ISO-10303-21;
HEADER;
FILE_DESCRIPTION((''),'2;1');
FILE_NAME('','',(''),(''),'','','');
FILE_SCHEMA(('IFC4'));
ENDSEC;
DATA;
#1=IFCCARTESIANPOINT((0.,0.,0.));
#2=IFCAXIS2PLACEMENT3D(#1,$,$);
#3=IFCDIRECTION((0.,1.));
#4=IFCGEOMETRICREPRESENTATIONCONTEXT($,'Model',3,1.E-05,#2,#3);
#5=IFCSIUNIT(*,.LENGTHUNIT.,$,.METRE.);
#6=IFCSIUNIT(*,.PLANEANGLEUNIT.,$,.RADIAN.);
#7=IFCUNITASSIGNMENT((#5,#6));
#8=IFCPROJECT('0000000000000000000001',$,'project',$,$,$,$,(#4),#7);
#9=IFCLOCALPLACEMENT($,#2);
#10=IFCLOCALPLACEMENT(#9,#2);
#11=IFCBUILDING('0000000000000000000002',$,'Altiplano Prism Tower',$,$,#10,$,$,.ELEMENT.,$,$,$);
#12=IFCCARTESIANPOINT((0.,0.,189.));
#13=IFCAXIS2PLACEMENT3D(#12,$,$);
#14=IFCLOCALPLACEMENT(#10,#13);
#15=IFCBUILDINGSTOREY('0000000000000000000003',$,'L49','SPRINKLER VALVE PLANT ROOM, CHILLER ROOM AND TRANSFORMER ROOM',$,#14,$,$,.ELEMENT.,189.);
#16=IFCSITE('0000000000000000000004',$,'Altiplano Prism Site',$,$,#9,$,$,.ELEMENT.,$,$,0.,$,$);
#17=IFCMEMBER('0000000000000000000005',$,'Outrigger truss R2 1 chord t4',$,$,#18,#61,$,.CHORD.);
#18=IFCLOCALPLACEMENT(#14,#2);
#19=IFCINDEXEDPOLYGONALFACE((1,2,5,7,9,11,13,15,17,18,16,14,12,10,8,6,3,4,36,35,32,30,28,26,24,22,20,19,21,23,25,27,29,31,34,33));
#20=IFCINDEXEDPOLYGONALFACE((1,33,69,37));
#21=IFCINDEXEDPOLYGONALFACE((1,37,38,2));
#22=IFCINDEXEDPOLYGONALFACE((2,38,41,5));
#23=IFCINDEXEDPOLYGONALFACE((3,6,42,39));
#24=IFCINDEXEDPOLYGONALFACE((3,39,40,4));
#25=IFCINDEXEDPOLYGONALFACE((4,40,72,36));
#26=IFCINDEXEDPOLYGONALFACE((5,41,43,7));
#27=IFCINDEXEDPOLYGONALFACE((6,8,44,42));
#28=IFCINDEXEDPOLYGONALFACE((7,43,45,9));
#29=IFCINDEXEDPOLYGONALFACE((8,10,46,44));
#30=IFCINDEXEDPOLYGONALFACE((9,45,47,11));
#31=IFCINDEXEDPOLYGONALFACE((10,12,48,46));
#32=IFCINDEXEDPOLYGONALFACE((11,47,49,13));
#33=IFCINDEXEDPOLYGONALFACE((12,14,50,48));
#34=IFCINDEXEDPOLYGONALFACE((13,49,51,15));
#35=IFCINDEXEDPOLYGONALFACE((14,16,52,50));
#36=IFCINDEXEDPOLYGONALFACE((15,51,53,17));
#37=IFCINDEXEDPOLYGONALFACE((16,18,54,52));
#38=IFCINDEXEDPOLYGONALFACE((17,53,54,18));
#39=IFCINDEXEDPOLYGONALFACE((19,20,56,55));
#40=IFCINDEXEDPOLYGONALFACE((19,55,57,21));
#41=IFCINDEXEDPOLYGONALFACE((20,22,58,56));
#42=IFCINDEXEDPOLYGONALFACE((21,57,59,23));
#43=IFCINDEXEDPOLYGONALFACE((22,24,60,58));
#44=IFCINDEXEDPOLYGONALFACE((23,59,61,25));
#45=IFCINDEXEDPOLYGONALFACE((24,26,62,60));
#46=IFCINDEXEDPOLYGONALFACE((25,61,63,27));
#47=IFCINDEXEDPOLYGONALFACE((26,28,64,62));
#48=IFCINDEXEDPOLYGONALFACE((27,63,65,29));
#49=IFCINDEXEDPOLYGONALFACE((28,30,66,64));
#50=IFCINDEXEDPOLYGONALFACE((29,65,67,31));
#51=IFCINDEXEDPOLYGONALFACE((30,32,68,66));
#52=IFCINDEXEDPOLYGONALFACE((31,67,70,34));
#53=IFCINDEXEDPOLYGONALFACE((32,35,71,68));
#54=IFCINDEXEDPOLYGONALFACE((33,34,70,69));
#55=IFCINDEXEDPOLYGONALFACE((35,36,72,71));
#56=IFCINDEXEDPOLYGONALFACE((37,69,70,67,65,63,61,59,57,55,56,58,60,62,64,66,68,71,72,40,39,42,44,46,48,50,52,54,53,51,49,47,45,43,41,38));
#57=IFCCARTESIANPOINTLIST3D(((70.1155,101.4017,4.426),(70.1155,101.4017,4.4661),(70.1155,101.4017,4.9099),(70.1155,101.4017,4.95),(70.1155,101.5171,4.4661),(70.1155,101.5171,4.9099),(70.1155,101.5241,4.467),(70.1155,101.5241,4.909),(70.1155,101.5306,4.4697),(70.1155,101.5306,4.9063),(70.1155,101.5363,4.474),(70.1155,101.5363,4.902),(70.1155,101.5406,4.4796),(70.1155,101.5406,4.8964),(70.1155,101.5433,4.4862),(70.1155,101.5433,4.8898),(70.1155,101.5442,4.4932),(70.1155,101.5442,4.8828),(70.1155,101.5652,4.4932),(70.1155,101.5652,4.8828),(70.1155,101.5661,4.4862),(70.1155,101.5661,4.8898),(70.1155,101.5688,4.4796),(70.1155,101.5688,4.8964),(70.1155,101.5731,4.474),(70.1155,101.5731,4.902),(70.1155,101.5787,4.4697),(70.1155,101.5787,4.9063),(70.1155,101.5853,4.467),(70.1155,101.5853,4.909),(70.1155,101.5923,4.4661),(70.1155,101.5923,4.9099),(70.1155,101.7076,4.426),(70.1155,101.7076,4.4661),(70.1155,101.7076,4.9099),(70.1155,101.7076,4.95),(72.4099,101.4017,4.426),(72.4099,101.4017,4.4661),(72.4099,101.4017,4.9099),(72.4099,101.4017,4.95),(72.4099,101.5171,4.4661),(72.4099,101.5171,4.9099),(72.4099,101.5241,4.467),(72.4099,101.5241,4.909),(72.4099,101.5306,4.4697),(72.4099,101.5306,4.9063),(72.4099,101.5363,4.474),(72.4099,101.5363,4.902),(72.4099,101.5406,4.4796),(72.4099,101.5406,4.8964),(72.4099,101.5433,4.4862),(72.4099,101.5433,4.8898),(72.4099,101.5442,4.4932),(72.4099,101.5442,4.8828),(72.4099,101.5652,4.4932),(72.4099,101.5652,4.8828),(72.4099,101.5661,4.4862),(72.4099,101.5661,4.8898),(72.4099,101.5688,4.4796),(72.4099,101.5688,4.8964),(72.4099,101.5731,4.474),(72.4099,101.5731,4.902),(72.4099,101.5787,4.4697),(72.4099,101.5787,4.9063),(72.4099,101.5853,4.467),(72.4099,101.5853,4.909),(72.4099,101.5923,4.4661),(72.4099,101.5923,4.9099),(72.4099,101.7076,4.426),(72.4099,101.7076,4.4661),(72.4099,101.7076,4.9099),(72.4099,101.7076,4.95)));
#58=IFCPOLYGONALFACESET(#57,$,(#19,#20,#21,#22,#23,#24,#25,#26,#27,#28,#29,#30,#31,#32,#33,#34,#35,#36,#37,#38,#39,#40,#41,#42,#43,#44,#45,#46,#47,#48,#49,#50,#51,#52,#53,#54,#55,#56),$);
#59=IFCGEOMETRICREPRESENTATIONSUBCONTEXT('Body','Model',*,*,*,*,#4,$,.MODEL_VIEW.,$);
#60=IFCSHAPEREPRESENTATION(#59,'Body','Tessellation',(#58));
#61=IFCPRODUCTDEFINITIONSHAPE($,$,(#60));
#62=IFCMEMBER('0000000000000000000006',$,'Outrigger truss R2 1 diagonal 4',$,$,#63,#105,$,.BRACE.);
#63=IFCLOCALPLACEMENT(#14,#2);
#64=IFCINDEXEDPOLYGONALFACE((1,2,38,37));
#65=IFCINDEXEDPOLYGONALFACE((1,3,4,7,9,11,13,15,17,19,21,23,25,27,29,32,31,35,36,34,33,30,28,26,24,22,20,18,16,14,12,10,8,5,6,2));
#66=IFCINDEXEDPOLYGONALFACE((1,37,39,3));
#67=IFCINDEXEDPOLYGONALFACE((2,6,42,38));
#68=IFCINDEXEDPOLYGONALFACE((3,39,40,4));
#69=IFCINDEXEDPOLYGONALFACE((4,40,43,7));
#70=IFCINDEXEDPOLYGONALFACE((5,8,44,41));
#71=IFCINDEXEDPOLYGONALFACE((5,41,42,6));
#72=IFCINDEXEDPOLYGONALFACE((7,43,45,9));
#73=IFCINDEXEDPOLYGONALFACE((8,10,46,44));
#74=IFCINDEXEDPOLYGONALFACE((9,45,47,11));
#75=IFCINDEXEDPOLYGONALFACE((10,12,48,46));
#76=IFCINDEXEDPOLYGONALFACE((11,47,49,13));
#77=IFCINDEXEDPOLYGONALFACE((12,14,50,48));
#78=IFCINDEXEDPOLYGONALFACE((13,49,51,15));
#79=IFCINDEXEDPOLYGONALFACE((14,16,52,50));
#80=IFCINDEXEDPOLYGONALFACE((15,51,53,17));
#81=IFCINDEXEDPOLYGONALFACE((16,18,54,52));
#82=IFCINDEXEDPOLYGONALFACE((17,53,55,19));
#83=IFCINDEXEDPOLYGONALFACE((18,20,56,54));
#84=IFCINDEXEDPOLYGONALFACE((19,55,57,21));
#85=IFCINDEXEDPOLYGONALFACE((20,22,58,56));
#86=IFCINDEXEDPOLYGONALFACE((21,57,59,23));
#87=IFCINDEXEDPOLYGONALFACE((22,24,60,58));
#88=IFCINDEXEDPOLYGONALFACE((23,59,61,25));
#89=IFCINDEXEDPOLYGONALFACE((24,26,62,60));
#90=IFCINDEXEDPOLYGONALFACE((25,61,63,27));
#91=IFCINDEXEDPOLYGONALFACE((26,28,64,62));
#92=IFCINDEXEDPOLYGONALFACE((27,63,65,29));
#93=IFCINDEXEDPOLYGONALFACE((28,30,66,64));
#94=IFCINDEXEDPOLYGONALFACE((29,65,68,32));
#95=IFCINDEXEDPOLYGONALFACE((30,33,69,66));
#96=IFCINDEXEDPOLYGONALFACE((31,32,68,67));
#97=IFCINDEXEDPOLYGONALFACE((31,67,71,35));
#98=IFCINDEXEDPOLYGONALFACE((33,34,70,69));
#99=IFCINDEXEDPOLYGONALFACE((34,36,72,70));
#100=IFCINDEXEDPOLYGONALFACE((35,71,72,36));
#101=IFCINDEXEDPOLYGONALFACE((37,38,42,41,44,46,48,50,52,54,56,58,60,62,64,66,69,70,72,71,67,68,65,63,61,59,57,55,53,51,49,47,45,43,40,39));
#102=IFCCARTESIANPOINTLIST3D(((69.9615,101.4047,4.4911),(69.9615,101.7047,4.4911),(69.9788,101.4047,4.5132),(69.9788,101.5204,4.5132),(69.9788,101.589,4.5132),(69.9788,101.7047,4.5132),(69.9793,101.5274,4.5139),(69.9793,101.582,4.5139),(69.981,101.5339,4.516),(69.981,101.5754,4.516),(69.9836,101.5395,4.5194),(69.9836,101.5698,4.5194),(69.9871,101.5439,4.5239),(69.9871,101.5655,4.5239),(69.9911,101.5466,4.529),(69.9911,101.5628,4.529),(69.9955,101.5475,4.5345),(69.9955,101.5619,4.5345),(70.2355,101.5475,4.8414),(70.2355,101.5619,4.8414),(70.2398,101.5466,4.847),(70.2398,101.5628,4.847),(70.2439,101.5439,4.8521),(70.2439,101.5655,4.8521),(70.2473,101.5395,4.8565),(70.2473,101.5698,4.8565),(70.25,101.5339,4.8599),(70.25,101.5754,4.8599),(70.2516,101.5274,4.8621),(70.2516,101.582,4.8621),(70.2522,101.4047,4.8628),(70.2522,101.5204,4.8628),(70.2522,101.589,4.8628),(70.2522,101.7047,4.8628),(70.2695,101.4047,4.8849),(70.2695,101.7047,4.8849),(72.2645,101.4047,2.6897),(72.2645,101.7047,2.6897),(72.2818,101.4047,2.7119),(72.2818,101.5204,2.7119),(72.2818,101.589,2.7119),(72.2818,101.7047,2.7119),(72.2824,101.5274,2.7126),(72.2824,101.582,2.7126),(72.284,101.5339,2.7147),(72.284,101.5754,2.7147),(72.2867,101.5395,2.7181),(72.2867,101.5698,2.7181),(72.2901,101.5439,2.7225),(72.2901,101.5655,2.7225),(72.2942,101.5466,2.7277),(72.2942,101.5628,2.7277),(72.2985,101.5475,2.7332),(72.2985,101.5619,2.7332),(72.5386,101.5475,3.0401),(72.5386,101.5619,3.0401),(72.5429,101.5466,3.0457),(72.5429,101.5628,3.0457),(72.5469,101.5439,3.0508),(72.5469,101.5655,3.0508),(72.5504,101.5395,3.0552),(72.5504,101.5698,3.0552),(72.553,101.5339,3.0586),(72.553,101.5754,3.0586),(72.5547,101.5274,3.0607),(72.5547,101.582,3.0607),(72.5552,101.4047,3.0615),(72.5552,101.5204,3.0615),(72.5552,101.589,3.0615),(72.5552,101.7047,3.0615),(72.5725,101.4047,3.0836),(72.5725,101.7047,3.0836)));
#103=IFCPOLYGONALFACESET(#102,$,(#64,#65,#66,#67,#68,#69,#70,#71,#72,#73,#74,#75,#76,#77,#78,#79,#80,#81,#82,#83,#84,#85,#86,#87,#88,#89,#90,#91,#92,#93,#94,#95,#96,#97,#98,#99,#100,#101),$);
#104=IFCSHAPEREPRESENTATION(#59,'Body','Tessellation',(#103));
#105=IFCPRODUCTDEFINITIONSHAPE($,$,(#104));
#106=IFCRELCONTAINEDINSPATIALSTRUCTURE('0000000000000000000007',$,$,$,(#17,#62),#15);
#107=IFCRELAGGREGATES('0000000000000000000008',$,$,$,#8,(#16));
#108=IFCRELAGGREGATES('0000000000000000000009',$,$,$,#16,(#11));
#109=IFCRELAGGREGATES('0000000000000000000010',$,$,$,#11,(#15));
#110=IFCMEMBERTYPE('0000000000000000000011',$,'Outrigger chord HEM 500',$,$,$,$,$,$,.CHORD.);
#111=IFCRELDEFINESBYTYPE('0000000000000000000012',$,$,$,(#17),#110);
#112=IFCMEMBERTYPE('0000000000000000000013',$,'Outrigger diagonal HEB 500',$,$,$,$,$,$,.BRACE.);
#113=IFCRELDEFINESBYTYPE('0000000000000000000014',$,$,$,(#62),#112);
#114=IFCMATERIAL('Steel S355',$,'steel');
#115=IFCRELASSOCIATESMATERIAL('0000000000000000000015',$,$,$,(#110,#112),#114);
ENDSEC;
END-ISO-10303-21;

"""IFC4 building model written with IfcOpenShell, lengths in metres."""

from ifc_helpers import new_model, si_unit, direction, frame, origin, origin_2d, place, context, subcontext, project, spatial, i_section, extrude, material, material_profile, profile_set, type_object, element, save


model = new_model("IFC4")

# Units and contexts
model_context = context("Model", 3, precision=1e-05, world=origin(), true_north=direction((0.0, 1.0)))
body_context = subcontext(model_context, "Body", "Model", "MODEL_VIEW")
ifc_project = project(units=[si_unit("LENGTHUNIT", "METRE"), si_unit("PLANEANGLEUNIT", "RADIAN")], contexts=[model_context])

# Site, building, storey
site_placement = place(None, origin())
site = spatial("IfcSite", under=ifc_project, at=site_placement, Name="Altiplano Prism Site", CompositionType="ELEMENT", RefElevation=0.0)
building_placement = place(site_placement, origin())
building = spatial("IfcBuilding", under=site, at=building_placement, Name="Altiplano Prism Tower", CompositionType="ELEMENT")
storey_placement = place(building_placement, frame((0.0, 0.0, 189.0)))
storey = spatial("IfcBuildingStorey", under=building, at=storey_placement, Name="L49", Description="SPRINKLER VALVE PLANT ROOM, CHILLER ROOM AND TRANSFORMER ROOM", CompositionType="ELEMENT", Elevation=189.0)

# Members
ifc_material_1 = material(Name="Steel S355", Category="steel")
ifc_material_profile_1 = material_profile(ifc_material_1, i_section(OverallWidth=0.3059, OverallDepth=0.5239, WebThickness=0.021, FlangeThickness=0.04, FilletRadius=0.0271, at=origin_2d()), Name="Outrigger chord HEM 500")
ifc_profile_set_1 = profile_set([ifc_material_profile_1], Name="Steel S355")
member_type_1 = type_object("IfcMemberType", Name="Outrigger chord HEM 500", PredefinedType="CHORD", material=ifc_profile_set_1)
for number, where, z_axis, x_axis, name in (
    (1, (70.1155, 101.5547, 4.688), (1.0, 0.0, 0.0), (0.0, 1.0, 0.0), "Outrigger truss R2 1 chord t4"),
):
    element("IfcMember", number, at=place(storey_placement, frame(where, z_axis=z_axis, x_axis=x_axis)), inside=storey, type_object=member_type_1, Name=name, PredefinedType="CHORD", context=body_context, shape_type="SweptSolid", body=[
        extrude(i_section(OverallWidth=0.3059, OverallDepth=0.5239, WebThickness=0.021, FlangeThickness=0.04, FilletRadius=0.0271, at=origin_2d()), origin(), (0.0, 0.0, 1.0), 2.2944),
    ])
ifc_material_profile_2 = material_profile(ifc_material_1, i_section(OverallWidth=0.3, OverallDepth=0.5, WebThickness=0.0144, FlangeThickness=0.0281, FilletRadius=0.0271, at=origin_2d()), Name="Outrigger diagonal HEB 500")
ifc_profile_set_2 = profile_set([ifc_material_profile_2], Name="Steel S355")
member_type_2 = type_object("IfcMemberType", Name="Outrigger diagonal HEB 500", PredefinedType="BRACE", material=ifc_profile_set_2)
member_1_placement = place(storey_placement, frame((70.1155, 101.5547, 4.688), z_axis=(0.787681, 0.0, -0.616083), x_axis=(0.0, 1.0, 0.0)))
element("IfcMember", 2, at=member_1_placement, inside=storey, type_object=member_type_2, Name="Outrigger truss R2 1 diagonal 4", PredefinedType="BRACE", context=body_context, shape_type="SweptSolid", body=[
    extrude(i_section(OverallWidth=0.3, OverallDepth=0.5, WebThickness=0.0144, FlangeThickness=0.0281, FilletRadius=0.0271, at=origin_2d()), origin(), (0.0, 0.0, 1.0), 2.9238),
])

save(model, "model.ifc")
